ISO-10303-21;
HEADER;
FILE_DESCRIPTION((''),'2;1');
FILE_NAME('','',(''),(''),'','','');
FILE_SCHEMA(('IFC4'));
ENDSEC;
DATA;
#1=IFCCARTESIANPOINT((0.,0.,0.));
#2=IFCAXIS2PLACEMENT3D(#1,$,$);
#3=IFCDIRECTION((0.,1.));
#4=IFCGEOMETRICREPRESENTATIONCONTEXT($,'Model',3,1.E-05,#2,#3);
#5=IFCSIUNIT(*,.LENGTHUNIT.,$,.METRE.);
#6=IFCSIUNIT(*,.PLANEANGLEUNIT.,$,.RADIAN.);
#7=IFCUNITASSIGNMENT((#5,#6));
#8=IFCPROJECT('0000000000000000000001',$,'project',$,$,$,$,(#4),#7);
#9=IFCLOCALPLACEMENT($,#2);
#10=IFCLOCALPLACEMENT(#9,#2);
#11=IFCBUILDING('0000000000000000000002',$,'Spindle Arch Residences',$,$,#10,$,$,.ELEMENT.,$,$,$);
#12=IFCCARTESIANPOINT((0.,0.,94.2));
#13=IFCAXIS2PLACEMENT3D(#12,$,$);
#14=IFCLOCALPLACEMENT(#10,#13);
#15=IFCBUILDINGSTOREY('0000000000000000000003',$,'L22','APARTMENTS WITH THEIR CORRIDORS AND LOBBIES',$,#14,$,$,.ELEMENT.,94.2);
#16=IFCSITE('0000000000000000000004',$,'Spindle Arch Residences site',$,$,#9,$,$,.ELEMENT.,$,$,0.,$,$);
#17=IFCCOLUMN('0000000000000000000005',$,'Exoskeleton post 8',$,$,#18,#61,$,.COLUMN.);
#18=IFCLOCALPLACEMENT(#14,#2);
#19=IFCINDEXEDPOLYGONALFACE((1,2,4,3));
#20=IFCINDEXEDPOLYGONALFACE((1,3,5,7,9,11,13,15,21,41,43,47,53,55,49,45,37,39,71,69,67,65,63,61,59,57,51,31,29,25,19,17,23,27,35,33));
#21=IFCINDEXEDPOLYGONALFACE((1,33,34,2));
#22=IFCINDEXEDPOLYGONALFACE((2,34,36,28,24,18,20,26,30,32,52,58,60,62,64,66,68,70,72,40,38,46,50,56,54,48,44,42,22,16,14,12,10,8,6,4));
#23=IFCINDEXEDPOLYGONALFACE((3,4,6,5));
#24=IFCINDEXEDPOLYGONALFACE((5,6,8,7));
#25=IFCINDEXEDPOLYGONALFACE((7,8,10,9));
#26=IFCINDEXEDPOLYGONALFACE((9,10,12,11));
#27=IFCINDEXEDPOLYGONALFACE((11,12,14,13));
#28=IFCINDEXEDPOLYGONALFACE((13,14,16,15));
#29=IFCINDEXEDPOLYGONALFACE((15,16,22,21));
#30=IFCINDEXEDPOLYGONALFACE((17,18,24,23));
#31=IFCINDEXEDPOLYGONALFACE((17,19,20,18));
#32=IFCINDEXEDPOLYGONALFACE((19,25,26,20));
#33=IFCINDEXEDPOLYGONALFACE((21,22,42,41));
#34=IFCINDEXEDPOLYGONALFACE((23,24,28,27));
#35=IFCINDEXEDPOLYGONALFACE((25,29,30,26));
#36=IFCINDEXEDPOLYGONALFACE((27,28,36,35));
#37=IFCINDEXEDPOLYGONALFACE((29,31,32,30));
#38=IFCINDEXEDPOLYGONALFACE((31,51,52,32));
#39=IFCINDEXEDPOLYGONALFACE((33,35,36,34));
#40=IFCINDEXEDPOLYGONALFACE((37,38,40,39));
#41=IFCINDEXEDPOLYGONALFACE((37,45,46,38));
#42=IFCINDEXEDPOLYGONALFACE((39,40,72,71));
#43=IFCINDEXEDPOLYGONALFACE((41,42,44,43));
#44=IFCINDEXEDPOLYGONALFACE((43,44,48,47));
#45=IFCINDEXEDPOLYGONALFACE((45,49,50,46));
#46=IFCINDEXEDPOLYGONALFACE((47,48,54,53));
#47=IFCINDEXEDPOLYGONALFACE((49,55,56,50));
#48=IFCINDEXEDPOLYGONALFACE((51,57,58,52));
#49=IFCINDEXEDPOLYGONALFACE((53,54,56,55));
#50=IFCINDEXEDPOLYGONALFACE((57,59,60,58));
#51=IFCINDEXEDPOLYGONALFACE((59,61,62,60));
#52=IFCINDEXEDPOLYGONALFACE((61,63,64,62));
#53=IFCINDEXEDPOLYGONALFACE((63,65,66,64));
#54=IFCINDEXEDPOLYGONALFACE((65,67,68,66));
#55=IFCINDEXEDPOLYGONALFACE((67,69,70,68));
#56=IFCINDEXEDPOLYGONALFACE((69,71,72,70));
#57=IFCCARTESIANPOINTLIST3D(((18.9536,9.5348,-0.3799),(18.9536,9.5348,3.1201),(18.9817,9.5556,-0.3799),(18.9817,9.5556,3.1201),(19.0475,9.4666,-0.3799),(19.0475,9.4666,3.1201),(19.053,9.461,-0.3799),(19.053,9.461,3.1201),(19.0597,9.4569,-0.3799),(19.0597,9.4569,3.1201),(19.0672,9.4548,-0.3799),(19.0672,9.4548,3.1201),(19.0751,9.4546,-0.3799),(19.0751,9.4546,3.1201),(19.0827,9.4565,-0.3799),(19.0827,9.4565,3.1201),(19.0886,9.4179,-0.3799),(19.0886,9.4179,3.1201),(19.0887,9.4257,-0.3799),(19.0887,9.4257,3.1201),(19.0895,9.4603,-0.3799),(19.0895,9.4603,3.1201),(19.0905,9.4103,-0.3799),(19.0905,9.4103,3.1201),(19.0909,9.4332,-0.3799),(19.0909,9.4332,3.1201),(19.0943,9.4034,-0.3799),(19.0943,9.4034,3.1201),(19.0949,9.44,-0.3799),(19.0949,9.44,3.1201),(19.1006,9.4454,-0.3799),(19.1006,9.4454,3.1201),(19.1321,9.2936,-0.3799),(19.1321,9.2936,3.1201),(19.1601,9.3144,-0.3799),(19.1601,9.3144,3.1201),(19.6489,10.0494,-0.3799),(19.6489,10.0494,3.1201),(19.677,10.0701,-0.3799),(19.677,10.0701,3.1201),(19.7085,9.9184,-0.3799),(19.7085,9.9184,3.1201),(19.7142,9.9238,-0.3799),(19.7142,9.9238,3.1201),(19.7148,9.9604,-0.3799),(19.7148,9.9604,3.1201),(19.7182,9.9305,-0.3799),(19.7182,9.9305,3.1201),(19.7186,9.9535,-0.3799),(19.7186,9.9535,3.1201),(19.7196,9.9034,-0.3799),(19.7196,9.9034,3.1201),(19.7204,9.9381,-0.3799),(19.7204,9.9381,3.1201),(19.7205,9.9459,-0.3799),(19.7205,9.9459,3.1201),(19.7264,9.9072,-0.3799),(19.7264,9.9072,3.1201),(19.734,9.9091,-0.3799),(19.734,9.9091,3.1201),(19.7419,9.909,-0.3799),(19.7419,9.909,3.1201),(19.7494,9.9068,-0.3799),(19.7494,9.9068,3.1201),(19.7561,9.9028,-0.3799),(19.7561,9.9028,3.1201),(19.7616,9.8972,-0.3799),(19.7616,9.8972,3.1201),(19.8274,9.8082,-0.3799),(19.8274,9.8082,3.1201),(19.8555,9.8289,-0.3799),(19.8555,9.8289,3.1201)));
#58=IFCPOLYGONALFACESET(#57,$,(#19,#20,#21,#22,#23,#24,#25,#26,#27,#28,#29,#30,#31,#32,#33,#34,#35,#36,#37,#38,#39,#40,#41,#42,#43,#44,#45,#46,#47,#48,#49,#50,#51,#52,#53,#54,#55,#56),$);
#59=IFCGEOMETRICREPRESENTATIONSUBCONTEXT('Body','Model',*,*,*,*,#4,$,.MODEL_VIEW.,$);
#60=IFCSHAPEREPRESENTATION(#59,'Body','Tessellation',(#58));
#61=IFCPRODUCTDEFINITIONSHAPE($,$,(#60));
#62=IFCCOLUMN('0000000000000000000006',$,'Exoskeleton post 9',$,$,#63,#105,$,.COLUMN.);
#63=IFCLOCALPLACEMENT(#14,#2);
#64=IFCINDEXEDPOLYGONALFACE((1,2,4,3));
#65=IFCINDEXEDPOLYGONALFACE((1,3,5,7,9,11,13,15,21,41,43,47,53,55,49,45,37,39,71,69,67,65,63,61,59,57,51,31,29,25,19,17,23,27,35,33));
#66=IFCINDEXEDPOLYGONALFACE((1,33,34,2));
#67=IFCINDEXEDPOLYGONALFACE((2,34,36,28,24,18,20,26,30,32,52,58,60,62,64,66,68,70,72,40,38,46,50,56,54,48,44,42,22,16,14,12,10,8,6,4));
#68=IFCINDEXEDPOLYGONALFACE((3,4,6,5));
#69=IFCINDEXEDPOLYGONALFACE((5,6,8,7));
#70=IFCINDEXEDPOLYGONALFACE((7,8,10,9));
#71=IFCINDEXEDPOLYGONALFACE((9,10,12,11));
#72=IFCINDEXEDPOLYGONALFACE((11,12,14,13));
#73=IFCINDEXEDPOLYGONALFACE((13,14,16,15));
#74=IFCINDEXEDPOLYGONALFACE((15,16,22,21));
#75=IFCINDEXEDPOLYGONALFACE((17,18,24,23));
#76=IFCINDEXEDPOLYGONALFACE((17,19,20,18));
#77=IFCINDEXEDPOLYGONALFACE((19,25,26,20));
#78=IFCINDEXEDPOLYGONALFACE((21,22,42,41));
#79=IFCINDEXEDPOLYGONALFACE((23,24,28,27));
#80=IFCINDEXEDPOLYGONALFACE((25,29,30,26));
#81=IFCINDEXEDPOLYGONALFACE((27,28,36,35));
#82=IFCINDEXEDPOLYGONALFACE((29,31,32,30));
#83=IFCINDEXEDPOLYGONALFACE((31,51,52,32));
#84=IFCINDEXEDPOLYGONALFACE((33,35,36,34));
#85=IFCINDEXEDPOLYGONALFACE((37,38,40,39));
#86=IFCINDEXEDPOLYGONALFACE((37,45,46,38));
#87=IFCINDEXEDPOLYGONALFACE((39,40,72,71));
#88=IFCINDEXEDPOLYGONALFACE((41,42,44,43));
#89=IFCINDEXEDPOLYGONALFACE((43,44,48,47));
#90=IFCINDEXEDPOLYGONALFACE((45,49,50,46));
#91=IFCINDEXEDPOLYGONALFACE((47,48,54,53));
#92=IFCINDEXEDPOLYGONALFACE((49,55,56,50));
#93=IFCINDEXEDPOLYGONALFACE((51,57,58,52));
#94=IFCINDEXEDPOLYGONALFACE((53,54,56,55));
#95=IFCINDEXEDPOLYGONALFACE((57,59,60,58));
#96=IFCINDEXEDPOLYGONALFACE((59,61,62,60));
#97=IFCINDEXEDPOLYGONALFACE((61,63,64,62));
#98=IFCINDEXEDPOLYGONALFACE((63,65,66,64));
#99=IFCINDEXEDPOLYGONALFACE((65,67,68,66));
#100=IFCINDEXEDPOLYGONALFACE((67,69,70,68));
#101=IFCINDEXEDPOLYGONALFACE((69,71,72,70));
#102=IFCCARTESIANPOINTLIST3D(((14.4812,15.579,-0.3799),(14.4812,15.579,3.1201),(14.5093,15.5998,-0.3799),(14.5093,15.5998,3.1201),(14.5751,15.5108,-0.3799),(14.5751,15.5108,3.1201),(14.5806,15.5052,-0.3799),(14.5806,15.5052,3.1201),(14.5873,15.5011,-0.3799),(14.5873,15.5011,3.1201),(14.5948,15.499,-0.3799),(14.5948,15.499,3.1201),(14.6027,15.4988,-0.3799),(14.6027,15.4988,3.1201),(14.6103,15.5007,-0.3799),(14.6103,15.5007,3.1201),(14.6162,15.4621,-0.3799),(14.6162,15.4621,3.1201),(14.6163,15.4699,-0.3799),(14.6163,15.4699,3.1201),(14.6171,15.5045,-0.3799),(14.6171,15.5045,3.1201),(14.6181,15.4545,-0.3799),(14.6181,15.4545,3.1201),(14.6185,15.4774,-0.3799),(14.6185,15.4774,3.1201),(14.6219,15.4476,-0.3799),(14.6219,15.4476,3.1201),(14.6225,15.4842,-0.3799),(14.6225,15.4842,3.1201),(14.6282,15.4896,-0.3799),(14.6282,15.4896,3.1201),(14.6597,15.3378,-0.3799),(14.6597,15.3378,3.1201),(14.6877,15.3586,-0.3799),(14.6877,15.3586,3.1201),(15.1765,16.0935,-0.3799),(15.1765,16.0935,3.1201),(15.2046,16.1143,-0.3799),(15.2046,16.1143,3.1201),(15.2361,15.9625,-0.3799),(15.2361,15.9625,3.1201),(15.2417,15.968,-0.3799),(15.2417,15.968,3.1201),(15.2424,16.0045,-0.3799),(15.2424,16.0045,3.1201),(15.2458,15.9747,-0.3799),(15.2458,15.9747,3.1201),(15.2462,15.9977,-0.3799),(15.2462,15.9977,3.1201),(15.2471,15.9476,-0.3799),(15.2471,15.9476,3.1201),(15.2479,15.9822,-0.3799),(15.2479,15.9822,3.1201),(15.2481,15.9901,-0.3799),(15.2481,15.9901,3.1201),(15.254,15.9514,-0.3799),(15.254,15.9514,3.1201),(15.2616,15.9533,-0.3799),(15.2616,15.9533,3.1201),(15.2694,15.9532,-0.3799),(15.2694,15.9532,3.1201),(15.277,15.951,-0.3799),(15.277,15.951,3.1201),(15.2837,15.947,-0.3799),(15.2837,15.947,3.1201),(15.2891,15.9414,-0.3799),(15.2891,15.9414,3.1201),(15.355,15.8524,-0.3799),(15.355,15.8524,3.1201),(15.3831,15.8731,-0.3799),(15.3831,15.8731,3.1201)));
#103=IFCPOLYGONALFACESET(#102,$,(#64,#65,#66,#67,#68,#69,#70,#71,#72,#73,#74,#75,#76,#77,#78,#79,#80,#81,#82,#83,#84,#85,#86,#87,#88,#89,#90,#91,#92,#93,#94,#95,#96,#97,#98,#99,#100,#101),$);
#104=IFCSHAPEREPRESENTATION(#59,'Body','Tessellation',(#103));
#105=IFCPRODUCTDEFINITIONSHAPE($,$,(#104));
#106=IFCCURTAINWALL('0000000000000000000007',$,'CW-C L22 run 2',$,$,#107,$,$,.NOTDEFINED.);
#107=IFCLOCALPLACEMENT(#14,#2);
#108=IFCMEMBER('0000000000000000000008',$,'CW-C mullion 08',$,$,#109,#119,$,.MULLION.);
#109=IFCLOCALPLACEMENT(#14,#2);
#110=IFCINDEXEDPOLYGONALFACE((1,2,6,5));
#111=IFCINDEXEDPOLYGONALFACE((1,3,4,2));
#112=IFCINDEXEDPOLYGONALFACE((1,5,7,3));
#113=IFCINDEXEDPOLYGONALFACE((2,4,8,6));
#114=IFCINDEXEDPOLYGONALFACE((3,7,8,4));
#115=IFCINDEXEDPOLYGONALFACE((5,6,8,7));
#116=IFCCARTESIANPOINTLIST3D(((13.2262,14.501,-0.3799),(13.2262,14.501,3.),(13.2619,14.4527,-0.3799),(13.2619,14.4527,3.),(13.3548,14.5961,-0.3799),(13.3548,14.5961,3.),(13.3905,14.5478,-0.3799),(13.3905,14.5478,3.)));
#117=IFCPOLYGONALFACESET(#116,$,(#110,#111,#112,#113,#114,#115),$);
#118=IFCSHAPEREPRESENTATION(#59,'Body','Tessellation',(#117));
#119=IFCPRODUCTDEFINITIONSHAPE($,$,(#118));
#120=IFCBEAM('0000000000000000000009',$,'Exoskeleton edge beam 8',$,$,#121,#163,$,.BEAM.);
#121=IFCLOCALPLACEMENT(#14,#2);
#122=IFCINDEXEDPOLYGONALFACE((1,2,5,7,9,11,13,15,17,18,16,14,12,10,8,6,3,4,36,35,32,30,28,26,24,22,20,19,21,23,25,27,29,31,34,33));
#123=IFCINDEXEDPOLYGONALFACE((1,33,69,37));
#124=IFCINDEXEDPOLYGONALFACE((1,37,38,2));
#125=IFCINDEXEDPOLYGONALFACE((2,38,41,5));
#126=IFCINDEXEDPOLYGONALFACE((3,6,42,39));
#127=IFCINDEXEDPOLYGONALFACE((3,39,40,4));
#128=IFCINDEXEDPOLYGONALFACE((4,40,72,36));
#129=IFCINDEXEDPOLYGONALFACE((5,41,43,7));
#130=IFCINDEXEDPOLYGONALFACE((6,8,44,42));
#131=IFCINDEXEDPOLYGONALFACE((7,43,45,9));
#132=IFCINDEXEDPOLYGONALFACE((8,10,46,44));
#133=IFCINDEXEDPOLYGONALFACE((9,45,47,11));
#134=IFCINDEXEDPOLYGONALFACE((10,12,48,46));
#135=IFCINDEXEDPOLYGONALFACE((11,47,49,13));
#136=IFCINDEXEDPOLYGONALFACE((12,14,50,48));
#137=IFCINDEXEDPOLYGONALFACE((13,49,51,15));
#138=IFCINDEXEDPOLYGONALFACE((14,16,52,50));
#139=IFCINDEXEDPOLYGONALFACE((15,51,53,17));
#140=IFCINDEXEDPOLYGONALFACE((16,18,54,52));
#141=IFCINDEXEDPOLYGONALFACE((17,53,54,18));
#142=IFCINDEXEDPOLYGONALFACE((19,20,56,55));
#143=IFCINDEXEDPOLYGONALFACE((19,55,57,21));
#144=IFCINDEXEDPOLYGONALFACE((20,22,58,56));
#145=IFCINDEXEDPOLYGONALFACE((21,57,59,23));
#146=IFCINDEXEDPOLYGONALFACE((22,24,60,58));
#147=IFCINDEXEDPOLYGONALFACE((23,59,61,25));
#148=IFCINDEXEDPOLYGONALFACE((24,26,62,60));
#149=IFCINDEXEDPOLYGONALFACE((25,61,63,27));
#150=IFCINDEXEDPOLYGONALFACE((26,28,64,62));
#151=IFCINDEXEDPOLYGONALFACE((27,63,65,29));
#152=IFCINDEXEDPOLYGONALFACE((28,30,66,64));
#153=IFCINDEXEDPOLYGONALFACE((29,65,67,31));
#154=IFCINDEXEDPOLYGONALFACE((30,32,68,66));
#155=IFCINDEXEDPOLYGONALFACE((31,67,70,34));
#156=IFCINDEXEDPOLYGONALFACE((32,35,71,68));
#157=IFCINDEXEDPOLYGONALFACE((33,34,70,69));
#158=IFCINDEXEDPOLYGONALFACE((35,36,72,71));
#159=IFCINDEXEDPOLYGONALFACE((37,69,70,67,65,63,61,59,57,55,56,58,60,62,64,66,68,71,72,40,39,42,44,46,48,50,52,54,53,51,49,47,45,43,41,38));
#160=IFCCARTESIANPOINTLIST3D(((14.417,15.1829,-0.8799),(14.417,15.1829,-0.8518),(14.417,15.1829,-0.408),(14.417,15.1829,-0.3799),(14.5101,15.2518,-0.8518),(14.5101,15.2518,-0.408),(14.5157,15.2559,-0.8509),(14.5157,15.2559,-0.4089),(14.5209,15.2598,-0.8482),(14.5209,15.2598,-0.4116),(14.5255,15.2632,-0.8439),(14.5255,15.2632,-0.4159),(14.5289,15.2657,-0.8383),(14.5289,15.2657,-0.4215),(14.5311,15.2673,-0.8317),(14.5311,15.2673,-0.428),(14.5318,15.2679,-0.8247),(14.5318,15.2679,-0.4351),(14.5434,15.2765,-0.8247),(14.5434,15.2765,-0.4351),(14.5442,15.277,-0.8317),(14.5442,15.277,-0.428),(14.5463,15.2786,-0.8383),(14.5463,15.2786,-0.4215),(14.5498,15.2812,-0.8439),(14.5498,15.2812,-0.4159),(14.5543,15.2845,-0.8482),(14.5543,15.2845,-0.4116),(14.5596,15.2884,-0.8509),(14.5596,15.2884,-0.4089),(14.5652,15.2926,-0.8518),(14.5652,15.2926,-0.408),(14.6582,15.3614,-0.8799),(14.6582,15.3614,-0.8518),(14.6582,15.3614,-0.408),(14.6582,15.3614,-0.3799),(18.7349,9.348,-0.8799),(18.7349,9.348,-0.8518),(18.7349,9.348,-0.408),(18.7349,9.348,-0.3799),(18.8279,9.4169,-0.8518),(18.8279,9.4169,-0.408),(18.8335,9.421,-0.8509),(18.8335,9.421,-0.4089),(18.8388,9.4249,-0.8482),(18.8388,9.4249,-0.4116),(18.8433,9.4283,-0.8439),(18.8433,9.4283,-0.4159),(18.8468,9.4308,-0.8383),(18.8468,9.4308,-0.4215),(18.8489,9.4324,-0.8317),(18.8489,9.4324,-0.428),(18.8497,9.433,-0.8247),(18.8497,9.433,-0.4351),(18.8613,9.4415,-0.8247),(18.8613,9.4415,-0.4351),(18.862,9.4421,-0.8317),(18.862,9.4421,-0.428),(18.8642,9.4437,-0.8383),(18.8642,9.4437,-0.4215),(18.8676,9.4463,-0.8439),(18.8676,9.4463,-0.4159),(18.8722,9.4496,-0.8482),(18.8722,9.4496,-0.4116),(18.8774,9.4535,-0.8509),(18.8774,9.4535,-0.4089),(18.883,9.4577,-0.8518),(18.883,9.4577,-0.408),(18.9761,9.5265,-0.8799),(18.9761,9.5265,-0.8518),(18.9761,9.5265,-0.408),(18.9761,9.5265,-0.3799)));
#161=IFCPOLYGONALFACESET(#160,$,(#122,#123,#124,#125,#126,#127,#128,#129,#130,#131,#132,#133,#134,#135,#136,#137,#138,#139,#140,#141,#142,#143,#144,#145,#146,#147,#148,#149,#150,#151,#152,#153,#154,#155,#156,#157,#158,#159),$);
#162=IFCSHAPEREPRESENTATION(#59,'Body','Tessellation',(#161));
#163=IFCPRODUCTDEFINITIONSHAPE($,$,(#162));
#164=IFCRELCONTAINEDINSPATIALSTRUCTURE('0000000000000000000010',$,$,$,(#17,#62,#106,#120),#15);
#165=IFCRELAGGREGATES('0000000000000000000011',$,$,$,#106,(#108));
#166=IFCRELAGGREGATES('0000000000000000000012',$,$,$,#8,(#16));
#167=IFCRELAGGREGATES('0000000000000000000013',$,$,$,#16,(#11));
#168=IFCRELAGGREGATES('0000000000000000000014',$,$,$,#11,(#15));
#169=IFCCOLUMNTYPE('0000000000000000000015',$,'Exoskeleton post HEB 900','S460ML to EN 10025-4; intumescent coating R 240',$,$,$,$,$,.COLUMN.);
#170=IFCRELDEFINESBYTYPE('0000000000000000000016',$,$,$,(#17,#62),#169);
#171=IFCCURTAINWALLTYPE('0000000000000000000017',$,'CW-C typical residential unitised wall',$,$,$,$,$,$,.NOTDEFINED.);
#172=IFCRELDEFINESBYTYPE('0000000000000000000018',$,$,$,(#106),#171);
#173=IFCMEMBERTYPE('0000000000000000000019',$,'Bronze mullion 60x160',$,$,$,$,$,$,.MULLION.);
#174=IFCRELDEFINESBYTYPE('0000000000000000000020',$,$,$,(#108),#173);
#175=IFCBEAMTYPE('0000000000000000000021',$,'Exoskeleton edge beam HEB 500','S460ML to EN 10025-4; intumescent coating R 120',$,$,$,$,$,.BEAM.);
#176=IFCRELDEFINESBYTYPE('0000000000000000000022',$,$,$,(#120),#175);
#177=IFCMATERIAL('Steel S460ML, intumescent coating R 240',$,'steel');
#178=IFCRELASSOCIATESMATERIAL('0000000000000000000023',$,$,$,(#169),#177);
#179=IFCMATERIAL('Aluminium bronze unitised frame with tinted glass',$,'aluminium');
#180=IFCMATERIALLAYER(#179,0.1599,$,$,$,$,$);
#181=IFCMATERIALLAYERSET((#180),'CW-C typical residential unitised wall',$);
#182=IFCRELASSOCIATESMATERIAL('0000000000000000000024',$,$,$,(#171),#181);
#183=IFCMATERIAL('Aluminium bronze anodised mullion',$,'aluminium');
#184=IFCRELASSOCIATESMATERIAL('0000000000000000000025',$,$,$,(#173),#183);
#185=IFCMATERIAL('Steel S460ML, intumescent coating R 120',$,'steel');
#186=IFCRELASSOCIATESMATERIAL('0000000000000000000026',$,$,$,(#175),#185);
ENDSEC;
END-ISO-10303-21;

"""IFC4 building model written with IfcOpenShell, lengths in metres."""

from ifc_helpers import new_model, si_unit, direction, frame, origin, origin_2d, place, context, subcontext, project, spatial, rectangle, i_section, extrude, material, layer, layer_set, material_profile, profile_set, type_object, element, aggregate, save


model = new_model("IFC4")

# Units and contexts
model_context = context("Model", 3, precision=1e-05, world=origin(), true_north=direction((0.0, 1.0)))
body_context = subcontext(model_context, "Body", "Model", "MODEL_VIEW")
ifc_project = project(units=[si_unit("LENGTHUNIT", "METRE"), si_unit("PLANEANGLEUNIT", "RADIAN")], contexts=[model_context])

# Site, building, storey
site_placement = place(None, origin())
site = spatial("IfcSite", under=ifc_project, at=site_placement, Name="Spindle Arch Residences site", CompositionType="ELEMENT", RefElevation=0.0)
building_placement = place(site_placement, origin())
building = spatial("IfcBuilding", under=site, at=building_placement, Name="Spindle Arch Residences", CompositionType="ELEMENT")
storey_placement = place(building_placement, frame((0.0, 0.0, 94.2)))
storey = spatial("IfcBuildingStorey", under=building, at=storey_placement, Name="L22", Description="APARTMENTS WITH THEIR CORRIDORS AND LOBBIES", CompositionType="ELEMENT", Elevation=94.2)

# Columns
ifc_material_1 = material(Name="Steel S460ML, intumescent coating R 240", Category="steel")
ifc_material_profile_1 = material_profile(ifc_material_1, i_section(OverallWidth=0.3, OverallDepth=0.8999, WebThickness=0.0186, FlangeThickness=0.0349, FilletRadius=0.03, at=origin_2d()), Name="HEB 900")
ifc_profile_set_1 = profile_set([ifc_material_profile_1], Name="Steel S460ML, intumescent coating R 240")
column_type = type_object("IfcColumnType", Name="Exoskeleton post HEB 900", Description="S460ML to EN 10025-4; intumescent coating R 240", PredefinedType="COLUMN", material=ifc_profile_set_1)
for number, where, z_axis, x_axis, name in (
    (1, (19.4045, 9.6819, -0.3799), (0.0, 0.0, 1.0), (0.594823, -0.803857, 0.0), "Exoskeleton post 8"),
    (2, (14.9321, 15.7261, -0.3799), (0.0, 0.0, 1.0), (0.594823, -0.803857, 0.0), "Exoskeleton post 9"),
):
    element("IfcColumn", number, at=place(storey_placement, frame(where, z_axis=z_axis, x_axis=x_axis)), inside=storey, type_object=column_type, Name=name, PredefinedType="COLUMN", context=body_context, shape_type="SweptSolid", body=[
        extrude(i_section(OverallWidth=0.3, OverallDepth=0.8999, WebThickness=0.0186, FlangeThickness=0.0349, FilletRadius=0.03, at=origin_2d()), origin(), (0.0, 0.0, 1.0), 3.5),
    ])

# Curtain wall, member
ifc_material_2 = material(Name="Aluminium bronze unitised frame with tinted glass", Category="aluminium")
ifc_layer_1 = layer(ifc_material_2, 0.1599)
ifc_layer_set_1 = layer_set([ifc_layer_1], Name="CW-C typical residential unitised wall")
curtain_wall_type = type_object("IfcCurtainWallType", Name="CW-C typical residential unitised wall", PredefinedType="NOTDEFINED", material=ifc_layer_set_1)
curtain_wall_placement = place(storey_placement, origin())
curtain_wall = element("IfcCurtainWall", 3, at=curtain_wall_placement, inside=storey, type_object=curtain_wall_type, Name="CW-C L22 run 2", PredefinedType="NOTDEFINED")
ifc_material_3 = material(Name="Aluminium bronze anodised mullion", Category="aluminium")
ifc_material_profile_2 = material_profile(ifc_material_3, rectangle(XDim=0.1599, YDim=0.0601, at=origin_2d()), Name="MU 60x160")
ifc_profile_set_2 = profile_set([ifc_material_profile_2], Name="Aluminium bronze anodised mullion")
member_type = type_object("IfcMemberType", Name="Bronze mullion 60x160", PredefinedType="MULLION", material=ifc_profile_set_2)
member_placement = place(storey_placement, frame((13.3083, 14.5244, -0.3799), z_axis=(0.0, 0.0, 1.0), x_axis=(-0.803857, -0.594823, 0.0)))
member = element("IfcMember", 4, at=member_placement, type_object=member_type, Name="CW-C mullion 08", PredefinedType="MULLION", context=body_context, shape_type="SweptSolid", body=[
    extrude(rectangle(XDim=0.1599, YDim=0.0601, at=origin_2d()), origin(), (0.0, 0.0, 1.0), 3.3799),
])

# Beam
ifc_material_4 = material(Name="Steel S460ML, intumescent coating R 120", Category="steel")
ifc_material_profile_3 = material_profile(ifc_material_4, i_section(OverallWidth=0.3, OverallDepth=0.5, WebThickness=0.0144, FlangeThickness=0.0281, FilletRadius=0.0271, at=origin_2d()), Name="HEB 500")
ifc_profile_set_3 = profile_set([ifc_material_profile_3], Name="Steel S460ML, intumescent coating R 120")
beam_type_1 = type_object("IfcBeamType", Name="Exoskeleton edge beam HEB 500", Description="S460ML to EN 10025-4; intumescent coating R 120", PredefinedType="BEAM", material=ifc_profile_set_3)
beam_1_placement = place(storey_placement, frame((18.8555, 9.4373, -0.6299), z_axis=(-0.594843, 0.803842, 0.0), x_axis=(-0.803842, -0.594843, 0.0)))
element("IfcBeam", 5, at=beam_1_placement, inside=storey, type_object=beam_type_1, Name="Exoskeleton edge beam 8", PredefinedType="BEAM", context=body_context, shape_type="SweptSolid", body=[
    extrude(i_section(OverallWidth=0.3, OverallDepth=0.5, WebThickness=0.0144, FlangeThickness=0.0281, FilletRadius=0.0271, at=origin_2d()), origin(), (0.0, 0.0, 1.0), 7.2588),
])

aggregate(curtain_wall, [member])

save(model, "model.ifc")
